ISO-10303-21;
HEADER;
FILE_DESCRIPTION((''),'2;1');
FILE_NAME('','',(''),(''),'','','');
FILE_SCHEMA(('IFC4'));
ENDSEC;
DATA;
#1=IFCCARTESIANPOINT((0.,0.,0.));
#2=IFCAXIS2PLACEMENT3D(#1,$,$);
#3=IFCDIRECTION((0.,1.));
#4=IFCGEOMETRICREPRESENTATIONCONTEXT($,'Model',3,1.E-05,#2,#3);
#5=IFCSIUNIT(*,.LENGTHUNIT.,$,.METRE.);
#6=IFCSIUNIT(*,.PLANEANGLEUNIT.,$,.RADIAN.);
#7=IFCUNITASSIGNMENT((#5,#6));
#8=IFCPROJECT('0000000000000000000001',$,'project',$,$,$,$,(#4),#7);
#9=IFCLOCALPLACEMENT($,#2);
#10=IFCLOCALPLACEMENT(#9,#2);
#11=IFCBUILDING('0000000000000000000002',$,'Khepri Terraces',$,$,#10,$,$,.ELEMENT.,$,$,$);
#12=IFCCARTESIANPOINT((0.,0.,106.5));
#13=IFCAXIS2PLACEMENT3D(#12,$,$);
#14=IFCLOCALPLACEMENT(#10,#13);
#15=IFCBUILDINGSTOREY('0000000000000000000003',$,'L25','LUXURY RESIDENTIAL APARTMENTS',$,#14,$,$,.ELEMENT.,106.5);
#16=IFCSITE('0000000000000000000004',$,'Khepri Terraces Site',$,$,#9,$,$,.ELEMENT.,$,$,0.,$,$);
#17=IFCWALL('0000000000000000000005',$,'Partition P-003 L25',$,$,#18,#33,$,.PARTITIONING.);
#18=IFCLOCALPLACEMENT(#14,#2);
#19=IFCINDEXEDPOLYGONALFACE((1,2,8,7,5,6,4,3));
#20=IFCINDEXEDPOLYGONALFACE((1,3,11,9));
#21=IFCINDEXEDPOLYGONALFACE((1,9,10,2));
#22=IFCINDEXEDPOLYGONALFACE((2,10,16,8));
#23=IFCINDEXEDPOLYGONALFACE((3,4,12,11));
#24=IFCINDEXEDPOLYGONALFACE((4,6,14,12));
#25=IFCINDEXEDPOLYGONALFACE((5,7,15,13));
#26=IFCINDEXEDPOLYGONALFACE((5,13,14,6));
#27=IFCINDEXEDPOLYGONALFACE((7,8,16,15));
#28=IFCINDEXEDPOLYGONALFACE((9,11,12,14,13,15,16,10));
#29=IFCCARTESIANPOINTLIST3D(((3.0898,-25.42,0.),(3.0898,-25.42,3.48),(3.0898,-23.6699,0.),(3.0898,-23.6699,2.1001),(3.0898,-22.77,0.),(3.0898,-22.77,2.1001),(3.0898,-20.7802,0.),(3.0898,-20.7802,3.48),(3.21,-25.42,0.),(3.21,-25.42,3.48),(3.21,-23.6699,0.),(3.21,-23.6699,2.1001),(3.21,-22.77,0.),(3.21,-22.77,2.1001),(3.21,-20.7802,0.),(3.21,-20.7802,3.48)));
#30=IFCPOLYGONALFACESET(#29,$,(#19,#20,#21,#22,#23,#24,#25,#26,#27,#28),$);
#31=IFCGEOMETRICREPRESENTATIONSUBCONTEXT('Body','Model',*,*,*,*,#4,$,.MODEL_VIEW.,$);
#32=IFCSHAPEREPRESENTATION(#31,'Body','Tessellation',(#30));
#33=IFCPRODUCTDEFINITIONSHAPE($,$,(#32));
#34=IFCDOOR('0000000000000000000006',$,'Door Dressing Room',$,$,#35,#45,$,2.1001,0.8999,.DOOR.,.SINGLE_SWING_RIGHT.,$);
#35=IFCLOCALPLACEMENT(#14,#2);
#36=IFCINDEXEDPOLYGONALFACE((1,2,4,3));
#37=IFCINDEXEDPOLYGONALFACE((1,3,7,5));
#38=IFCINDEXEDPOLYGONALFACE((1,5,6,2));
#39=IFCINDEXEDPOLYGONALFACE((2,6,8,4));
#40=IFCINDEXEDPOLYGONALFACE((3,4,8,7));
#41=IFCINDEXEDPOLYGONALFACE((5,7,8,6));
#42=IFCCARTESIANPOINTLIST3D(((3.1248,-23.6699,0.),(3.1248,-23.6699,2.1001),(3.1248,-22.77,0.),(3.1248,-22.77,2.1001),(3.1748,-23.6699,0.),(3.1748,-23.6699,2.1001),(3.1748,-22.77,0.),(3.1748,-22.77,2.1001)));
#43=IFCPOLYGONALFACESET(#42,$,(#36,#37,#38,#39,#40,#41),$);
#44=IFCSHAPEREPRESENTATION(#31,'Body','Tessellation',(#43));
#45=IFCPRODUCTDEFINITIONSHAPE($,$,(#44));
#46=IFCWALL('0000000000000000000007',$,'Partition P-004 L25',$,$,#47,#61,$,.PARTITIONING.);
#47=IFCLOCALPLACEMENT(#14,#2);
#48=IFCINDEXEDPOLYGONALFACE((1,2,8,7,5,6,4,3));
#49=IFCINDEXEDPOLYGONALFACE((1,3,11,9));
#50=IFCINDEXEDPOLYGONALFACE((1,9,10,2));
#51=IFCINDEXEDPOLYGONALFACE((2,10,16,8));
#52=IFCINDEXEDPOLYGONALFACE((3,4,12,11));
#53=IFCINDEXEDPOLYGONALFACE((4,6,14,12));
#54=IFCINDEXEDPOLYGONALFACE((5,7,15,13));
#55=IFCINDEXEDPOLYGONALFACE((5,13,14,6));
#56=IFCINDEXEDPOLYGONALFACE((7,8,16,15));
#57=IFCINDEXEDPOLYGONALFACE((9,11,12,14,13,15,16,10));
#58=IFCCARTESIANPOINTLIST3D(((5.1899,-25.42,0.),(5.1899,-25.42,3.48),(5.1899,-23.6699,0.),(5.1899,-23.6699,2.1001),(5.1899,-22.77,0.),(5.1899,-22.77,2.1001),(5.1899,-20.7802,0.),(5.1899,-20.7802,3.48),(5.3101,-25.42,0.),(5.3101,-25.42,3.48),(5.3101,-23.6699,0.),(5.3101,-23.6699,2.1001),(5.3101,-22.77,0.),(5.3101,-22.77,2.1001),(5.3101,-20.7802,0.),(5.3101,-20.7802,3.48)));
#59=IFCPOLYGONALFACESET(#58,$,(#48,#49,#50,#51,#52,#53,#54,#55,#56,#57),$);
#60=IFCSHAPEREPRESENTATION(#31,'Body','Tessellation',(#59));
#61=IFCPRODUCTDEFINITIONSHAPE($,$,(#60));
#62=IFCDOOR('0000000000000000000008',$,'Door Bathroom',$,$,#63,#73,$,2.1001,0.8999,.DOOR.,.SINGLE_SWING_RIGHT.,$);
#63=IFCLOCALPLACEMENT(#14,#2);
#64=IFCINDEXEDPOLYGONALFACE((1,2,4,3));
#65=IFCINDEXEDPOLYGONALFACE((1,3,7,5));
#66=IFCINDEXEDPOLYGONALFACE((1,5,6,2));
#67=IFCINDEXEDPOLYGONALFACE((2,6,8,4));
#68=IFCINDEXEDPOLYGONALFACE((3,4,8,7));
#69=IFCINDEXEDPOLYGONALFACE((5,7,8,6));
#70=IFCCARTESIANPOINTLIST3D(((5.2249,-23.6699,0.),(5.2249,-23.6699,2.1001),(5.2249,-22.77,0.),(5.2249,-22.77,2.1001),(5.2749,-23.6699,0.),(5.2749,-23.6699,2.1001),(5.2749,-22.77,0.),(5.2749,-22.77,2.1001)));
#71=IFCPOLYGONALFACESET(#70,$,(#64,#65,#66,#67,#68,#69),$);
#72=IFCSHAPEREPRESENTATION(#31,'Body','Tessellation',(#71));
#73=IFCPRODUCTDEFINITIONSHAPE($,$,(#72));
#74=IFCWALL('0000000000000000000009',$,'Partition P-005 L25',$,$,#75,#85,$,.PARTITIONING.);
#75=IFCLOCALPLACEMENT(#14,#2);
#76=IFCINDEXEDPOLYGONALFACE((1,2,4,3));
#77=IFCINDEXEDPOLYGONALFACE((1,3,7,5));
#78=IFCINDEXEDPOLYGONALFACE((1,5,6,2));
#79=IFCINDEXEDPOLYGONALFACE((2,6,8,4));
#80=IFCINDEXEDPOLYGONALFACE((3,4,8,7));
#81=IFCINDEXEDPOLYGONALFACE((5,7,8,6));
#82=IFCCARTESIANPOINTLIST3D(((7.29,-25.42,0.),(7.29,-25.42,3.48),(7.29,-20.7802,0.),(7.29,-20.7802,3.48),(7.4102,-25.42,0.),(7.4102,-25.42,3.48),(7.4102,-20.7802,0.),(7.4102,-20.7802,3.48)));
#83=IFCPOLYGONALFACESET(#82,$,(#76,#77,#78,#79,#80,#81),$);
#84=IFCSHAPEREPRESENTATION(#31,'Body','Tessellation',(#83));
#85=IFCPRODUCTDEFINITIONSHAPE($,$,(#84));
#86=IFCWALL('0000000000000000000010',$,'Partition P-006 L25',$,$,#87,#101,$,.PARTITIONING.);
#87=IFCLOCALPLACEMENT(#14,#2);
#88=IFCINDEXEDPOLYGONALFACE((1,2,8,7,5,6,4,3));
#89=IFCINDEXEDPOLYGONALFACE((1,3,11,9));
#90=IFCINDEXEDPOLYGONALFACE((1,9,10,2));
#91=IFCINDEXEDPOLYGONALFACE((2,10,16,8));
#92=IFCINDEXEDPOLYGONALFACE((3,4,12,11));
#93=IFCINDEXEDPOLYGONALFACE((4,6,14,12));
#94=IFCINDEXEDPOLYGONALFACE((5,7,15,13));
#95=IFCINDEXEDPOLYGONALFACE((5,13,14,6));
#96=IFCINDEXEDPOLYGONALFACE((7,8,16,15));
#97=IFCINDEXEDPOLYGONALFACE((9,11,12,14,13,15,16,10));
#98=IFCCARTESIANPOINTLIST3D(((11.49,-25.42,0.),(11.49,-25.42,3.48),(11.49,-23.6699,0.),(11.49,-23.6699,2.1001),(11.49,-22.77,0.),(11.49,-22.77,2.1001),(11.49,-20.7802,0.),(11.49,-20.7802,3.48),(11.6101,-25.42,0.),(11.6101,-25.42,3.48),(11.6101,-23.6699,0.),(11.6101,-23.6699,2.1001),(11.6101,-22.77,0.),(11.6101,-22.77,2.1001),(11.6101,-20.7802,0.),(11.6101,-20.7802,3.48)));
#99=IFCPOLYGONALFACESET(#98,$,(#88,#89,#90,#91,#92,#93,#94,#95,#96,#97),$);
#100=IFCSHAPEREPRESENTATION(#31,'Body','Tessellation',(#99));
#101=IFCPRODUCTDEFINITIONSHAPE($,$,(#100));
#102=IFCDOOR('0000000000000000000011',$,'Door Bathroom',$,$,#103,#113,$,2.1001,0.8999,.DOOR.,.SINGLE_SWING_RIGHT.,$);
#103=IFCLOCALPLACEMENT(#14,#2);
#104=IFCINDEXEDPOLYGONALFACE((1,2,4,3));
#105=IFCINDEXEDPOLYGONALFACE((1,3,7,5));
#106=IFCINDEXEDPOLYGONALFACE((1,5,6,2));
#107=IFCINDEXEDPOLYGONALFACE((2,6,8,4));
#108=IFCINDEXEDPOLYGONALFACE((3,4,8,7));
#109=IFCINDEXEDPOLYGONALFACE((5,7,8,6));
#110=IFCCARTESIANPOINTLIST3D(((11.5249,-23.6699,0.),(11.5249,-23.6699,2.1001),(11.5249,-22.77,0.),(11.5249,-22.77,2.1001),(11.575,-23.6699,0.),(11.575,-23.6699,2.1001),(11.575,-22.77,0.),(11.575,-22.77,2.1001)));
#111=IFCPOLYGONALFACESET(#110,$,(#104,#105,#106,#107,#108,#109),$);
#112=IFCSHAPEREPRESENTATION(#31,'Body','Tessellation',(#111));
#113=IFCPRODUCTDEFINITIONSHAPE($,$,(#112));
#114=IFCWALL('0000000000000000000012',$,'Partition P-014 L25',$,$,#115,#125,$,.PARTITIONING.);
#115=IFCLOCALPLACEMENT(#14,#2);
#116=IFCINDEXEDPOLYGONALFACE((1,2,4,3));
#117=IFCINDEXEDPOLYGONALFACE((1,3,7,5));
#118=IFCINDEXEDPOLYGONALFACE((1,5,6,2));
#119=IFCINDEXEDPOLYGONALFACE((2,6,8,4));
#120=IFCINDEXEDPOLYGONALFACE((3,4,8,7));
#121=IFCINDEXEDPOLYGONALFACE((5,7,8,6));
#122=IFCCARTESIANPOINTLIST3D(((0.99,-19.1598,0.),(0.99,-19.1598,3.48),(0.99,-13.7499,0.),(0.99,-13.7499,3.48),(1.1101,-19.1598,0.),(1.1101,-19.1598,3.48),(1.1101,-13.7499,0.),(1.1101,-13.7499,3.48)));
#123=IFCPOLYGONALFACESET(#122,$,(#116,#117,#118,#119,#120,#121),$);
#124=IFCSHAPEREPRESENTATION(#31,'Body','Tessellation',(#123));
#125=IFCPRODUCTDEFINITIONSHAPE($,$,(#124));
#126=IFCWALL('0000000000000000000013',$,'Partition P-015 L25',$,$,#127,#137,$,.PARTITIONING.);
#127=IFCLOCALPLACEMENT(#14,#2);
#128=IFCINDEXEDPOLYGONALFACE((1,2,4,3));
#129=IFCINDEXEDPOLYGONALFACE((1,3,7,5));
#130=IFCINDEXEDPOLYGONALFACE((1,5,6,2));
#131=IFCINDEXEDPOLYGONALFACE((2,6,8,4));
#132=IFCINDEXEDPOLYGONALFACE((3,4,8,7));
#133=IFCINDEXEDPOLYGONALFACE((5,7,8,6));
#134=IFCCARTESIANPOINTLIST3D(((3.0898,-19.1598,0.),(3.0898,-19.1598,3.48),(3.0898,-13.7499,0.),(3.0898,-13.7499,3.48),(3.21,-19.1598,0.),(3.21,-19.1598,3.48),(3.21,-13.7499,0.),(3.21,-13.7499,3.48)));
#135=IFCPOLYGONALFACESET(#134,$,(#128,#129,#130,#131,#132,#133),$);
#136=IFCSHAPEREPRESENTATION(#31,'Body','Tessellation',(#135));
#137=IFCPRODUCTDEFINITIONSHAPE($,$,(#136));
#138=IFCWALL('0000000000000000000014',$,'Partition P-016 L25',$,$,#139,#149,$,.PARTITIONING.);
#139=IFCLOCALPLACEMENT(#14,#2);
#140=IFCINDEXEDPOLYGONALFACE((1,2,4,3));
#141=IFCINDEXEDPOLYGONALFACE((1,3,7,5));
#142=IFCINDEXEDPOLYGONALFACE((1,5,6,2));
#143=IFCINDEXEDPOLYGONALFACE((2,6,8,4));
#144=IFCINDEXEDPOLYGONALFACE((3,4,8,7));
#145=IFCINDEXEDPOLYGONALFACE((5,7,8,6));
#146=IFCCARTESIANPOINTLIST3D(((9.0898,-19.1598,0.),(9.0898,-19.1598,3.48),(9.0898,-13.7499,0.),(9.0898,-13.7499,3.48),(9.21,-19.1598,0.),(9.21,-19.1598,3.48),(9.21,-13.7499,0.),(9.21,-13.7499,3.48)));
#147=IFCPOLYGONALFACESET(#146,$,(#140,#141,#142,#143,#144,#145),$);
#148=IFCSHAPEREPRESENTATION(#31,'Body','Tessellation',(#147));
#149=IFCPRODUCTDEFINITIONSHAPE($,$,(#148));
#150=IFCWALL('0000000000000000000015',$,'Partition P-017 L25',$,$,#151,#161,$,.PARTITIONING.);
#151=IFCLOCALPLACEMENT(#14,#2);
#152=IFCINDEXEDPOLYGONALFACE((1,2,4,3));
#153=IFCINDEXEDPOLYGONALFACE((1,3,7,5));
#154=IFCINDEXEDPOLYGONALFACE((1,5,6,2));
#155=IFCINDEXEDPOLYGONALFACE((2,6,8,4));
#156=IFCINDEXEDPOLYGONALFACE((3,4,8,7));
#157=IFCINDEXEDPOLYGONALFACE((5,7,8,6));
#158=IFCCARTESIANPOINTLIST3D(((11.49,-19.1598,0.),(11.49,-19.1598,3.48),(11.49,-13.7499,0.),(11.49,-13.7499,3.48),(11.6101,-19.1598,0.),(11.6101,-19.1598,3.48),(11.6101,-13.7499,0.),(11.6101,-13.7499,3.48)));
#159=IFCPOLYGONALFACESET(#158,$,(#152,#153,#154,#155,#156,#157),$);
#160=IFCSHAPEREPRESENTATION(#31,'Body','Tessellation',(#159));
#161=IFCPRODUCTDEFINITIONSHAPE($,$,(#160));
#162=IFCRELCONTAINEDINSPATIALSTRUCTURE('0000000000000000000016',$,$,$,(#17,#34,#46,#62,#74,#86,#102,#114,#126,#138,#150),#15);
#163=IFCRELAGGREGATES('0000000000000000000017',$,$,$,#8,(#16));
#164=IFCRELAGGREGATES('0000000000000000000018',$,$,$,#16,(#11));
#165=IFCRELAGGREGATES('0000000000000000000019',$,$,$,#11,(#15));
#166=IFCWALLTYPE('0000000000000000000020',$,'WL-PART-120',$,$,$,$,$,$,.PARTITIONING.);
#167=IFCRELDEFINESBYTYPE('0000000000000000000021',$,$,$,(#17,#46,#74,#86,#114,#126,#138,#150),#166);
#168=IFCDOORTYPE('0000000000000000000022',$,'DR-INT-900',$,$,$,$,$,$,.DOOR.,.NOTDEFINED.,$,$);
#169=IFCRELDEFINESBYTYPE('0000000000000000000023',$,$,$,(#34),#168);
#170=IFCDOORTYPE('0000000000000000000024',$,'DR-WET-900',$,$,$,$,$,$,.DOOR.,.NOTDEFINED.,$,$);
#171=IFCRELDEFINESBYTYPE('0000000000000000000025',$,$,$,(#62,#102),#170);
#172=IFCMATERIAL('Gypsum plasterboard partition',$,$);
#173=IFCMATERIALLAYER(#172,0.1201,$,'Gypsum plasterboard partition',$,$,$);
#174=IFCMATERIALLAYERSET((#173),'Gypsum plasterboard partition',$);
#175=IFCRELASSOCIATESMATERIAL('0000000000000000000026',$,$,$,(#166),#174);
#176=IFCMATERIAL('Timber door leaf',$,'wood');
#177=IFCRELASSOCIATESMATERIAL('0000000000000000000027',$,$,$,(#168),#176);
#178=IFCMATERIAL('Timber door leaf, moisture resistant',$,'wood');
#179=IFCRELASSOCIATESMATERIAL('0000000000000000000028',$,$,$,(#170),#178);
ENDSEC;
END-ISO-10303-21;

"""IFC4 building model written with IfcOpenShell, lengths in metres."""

from ifc_helpers import new_model, si_unit, direction, frame, frame_2d, origin, place, context, subcontext, project, spatial, rectangle, extrude, material, layer, layer_set, type_object, element, fill, save


model = new_model("IFC4")

# Units and contexts
model_context = context("Model", 3, precision=1e-05, world=origin(), true_north=direction((0.0, 1.0)))
body_context = subcontext(model_context, "Body", "Model", "MODEL_VIEW")
ifc_project = project(units=[si_unit("LENGTHUNIT", "METRE"), si_unit("PLANEANGLEUNIT", "RADIAN")], contexts=[model_context])

# Site, building, storey
site_placement = place(None, origin())
site = spatial("IfcSite", under=ifc_project, at=site_placement, Name="Khepri Terraces Site", CompositionType="ELEMENT", RefElevation=0.0)
building_placement = place(site_placement, origin())
building = spatial("IfcBuilding", under=site, at=building_placement, Name="Khepri Terraces", CompositionType="ELEMENT")
storey_placement = place(building_placement, frame((0.0, 0.0, 106.5)))
storey = spatial("IfcBuildingStorey", under=building, at=storey_placement, Name="L25", Description="LUXURY RESIDENTIAL APARTMENTS", CompositionType="ELEMENT", Elevation=106.5)

# Walls, openings, doors
ifc_material_1 = material(Name="Gypsum plasterboard partition")
ifc_layer_1 = layer(ifc_material_1, 0.1201, Name="Gypsum plasterboard partition")
ifc_layer_set_1 = layer_set([ifc_layer_1], Name="Gypsum plasterboard partition")
wall_type_1 = type_object("IfcWallType", Name="WL-PART-120", PredefinedType="PARTITIONING", material=ifc_layer_set_1)
wall_1_placement = place(storey_placement, frame((3.1499, -25.4199, 0.0), z_axis=(0.0, 0.0, 1.0), x_axis=(0.0, 1.0, 0.0)))
wall_1 = element("IfcWall", 1, at=wall_1_placement, inside=storey, type_object=wall_type_1, Name="Partition P-003 L25", PredefinedType="PARTITIONING", context=body_context, shape_type="SweptSolid", body=[
    extrude(rectangle(XDim=4.6399, YDim=0.1201, at=frame_2d((2.3198, 0.0))), origin(), (0.0, 0.0, 1.0), 3.48),
])
opening_1_placement = place(wall_1_placement, frame((1.75, 0.0, 0.0)))
opening_1 = element("IfcOpeningElement", 2, at=opening_1_placement, cuts=wall_1, PredefinedType="OPENING", context=body_context, shape_type="SweptSolid", body=[
    extrude(rectangle(XDim=0.8999, YDim=2.1001, at=frame_2d((0.45, 1.05))), frame((0.0, 0.0701, 0.0), z_axis=(0.0, -1.0, 0.0), x_axis=(1.0, 0.0, 0.0)), (0.0, 0.0, 1.0), 0.1401),
])
ifc_material_2 = material(Name="Timber door leaf", Category="wood")
door_type_1 = type_object("IfcDoorType", Name="DR-INT-900", OperationType="NOTDEFINED", PredefinedType="DOOR", material=ifc_material_2)
door_1_placement = place(opening_1_placement, frame((0.8999, 0.0, 0.0), z_axis=(0.0, 0.0, 1.0), x_axis=(-1.0, 0.0, 0.0)))
door_1 = element("IfcDoor", 3, at=door_1_placement, inside=storey, type_object=door_type_1, Name="Door Dressing Room", OperationType="SINGLE_SWING_RIGHT", OverallHeight=2.1001, OverallWidth=0.8999, PredefinedType="DOOR", context=body_context, shape_type="SweptSolid", body=[
    extrude(rectangle(XDim=0.8999, YDim=2.1001, at=frame_2d((0.45, 1.05))), frame((0.0, 0.0249, 0.0), z_axis=(0.0, -1.0, 0.0), x_axis=(1.0, 0.0, 0.0)), (0.0, 0.0, 1.0), 0.05),
])
fill(opening_1, door_1)
wall_2_placement = place(storey_placement, frame((5.25, -25.4199, 0.0), z_axis=(0.0, 0.0, 1.0), x_axis=(0.0, 1.0, 0.0)))
wall_2 = element("IfcWall", 4, at=wall_2_placement, inside=storey, type_object=wall_type_1, Name="Partition P-004 L25", PredefinedType="PARTITIONING", context=body_context, shape_type="SweptSolid", body=[
    extrude(rectangle(XDim=4.6399, YDim=0.1201, at=frame_2d((2.3198, 0.0))), origin(), (0.0, 0.0, 1.0), 3.48),
])
opening_2_placement = place(wall_2_placement, frame((1.75, 0.0, 0.0)))
opening_2 = element("IfcOpeningElement", 5, at=opening_2_placement, cuts=wall_2, PredefinedType="OPENING", context=body_context, shape_type="SweptSolid", body=[
    extrude(rectangle(XDim=0.8999, YDim=2.1001, at=frame_2d((0.45, 1.05))), frame((0.0, 0.0701, 0.0), z_axis=(0.0, -1.0, 0.0), x_axis=(1.0, 0.0, 0.0)), (0.0, 0.0, 1.0), 0.1401),
])
ifc_material_3 = material(Name="Timber door leaf, moisture resistant", Category="wood")
door_type_2 = type_object("IfcDoorType", Name="DR-WET-900", OperationType="NOTDEFINED", PredefinedType="DOOR", material=ifc_material_3)
door_2_placement = place(opening_2_placement, frame((0.8999, 0.0, 0.0), z_axis=(0.0, 0.0, 1.0), x_axis=(-1.0, 0.0, 0.0)))
door_2 = element("IfcDoor", 6, at=door_2_placement, inside=storey, type_object=door_type_2, Name="Door Bathroom", OperationType="SINGLE_SWING_RIGHT", OverallHeight=2.1001, OverallWidth=0.8999, PredefinedType="DOOR", context=body_context, shape_type="SweptSolid", body=[
    extrude(rectangle(XDim=0.8999, YDim=2.1001, at=frame_2d((0.45, 1.05))), frame((0.0, 0.0249, 0.0), z_axis=(0.0, -1.0, 0.0), x_axis=(1.0, 0.0, 0.0)), (0.0, 0.0, 1.0), 0.05),
])
fill(opening_2, door_2)

# Wall
wall_3_placement = place(storey_placement, frame((7.3501, -25.4199, 0.0), z_axis=(0.0, 0.0, 1.0), x_axis=(0.0, 1.0, 0.0)))
element("IfcWall", 7, at=wall_3_placement, inside=storey, type_object=wall_type_1, Name="Partition P-005 L25", PredefinedType="PARTITIONING", context=body_context, shape_type="SweptSolid", body=[
    extrude(rectangle(XDim=4.6399, YDim=0.1201, at=frame_2d((2.3198, 0.0))), origin(), (0.0, 0.0, 1.0), 3.48),
])

# Wall, opening, door
wall_4_placement = place(storey_placement, frame((11.55, -25.4199, 0.0), z_axis=(0.0, 0.0, 1.0), x_axis=(0.0, 1.0, 0.0)))
wall_4 = element("IfcWall", 8, at=wall_4_placement, inside=storey, type_object=wall_type_1, Name="Partition P-006 L25", PredefinedType="PARTITIONING", context=body_context, shape_type="SweptSolid", body=[
    extrude(rectangle(XDim=4.6399, YDim=0.1201, at=frame_2d((2.3198, 0.0))), origin(), (0.0, 0.0, 1.0), 3.48),
])
opening_3_placement = place(wall_4_placement, frame((1.75, 0.0, 0.0)))
opening_3 = element("IfcOpeningElement", 9, at=opening_3_placement, cuts=wall_4, PredefinedType="OPENING", context=body_context, shape_type="SweptSolid", body=[
    extrude(rectangle(XDim=0.8999, YDim=2.1001, at=frame_2d((0.45, 1.05))), frame((0.0, 0.0701, 0.0), z_axis=(0.0, -1.0, 0.0), x_axis=(1.0, 0.0, 0.0)), (0.0, 0.0, 1.0), 0.1401),
])
door_3_placement = place(opening_3_placement, frame((0.8999, 0.0, 0.0), z_axis=(0.0, 0.0, 1.0), x_axis=(-1.0, 0.0, 0.0)))
door_3 = element("IfcDoor", 10, at=door_3_placement, inside=storey, type_object=door_type_2, Name="Door Bathroom", OperationType="SINGLE_SWING_RIGHT", OverallHeight=2.1001, OverallWidth=0.8999, PredefinedType="DOOR", context=body_context, shape_type="SweptSolid", body=[
    extrude(rectangle(XDim=0.8999, YDim=2.1001, at=frame_2d((0.45, 1.05))), frame((0.0, 0.0249, 0.0), z_axis=(0.0, -1.0, 0.0), x_axis=(1.0, 0.0, 0.0)), (0.0, 0.0, 1.0), 0.05),
])
fill(opening_3, door_3)

# Walls
for number, where, z_axis, x_axis, name in (
    (11, (1.05, -19.1599, 0.0), (0.0, 0.0, 1.0), (0.0, 1.0, 0.0), "Partition P-014 L25"),
    (12, (3.1499, -19.1599, 0.0), (0.0, 0.0, 1.0), (0.0, 1.0, 0.0), "Partition P-015 L25"),
    (13, (9.1499, -19.1599, 0.0), (0.0, 0.0, 1.0), (0.0, 1.0, 0.0), "Partition P-016 L25"),
    (14, (11.55, -19.1599, 0.0), (0.0, 0.0, 1.0), (0.0, 1.0, 0.0), "Partition P-017 L25"),
):
    element("IfcWall", number, at=place(storey_placement, frame(where, z_axis=z_axis, x_axis=x_axis)), inside=storey, type_object=wall_type_1, Name=name, PredefinedType="PARTITIONING", context=body_context, shape_type="SweptSolid", body=[
        extrude(rectangle(XDim=5.4099, YDim=0.1201, at=frame_2d((2.7051, 0.0))), origin(), (0.0, 0.0, 1.0), 3.48),
    ])

save(model, "model.ifc")
